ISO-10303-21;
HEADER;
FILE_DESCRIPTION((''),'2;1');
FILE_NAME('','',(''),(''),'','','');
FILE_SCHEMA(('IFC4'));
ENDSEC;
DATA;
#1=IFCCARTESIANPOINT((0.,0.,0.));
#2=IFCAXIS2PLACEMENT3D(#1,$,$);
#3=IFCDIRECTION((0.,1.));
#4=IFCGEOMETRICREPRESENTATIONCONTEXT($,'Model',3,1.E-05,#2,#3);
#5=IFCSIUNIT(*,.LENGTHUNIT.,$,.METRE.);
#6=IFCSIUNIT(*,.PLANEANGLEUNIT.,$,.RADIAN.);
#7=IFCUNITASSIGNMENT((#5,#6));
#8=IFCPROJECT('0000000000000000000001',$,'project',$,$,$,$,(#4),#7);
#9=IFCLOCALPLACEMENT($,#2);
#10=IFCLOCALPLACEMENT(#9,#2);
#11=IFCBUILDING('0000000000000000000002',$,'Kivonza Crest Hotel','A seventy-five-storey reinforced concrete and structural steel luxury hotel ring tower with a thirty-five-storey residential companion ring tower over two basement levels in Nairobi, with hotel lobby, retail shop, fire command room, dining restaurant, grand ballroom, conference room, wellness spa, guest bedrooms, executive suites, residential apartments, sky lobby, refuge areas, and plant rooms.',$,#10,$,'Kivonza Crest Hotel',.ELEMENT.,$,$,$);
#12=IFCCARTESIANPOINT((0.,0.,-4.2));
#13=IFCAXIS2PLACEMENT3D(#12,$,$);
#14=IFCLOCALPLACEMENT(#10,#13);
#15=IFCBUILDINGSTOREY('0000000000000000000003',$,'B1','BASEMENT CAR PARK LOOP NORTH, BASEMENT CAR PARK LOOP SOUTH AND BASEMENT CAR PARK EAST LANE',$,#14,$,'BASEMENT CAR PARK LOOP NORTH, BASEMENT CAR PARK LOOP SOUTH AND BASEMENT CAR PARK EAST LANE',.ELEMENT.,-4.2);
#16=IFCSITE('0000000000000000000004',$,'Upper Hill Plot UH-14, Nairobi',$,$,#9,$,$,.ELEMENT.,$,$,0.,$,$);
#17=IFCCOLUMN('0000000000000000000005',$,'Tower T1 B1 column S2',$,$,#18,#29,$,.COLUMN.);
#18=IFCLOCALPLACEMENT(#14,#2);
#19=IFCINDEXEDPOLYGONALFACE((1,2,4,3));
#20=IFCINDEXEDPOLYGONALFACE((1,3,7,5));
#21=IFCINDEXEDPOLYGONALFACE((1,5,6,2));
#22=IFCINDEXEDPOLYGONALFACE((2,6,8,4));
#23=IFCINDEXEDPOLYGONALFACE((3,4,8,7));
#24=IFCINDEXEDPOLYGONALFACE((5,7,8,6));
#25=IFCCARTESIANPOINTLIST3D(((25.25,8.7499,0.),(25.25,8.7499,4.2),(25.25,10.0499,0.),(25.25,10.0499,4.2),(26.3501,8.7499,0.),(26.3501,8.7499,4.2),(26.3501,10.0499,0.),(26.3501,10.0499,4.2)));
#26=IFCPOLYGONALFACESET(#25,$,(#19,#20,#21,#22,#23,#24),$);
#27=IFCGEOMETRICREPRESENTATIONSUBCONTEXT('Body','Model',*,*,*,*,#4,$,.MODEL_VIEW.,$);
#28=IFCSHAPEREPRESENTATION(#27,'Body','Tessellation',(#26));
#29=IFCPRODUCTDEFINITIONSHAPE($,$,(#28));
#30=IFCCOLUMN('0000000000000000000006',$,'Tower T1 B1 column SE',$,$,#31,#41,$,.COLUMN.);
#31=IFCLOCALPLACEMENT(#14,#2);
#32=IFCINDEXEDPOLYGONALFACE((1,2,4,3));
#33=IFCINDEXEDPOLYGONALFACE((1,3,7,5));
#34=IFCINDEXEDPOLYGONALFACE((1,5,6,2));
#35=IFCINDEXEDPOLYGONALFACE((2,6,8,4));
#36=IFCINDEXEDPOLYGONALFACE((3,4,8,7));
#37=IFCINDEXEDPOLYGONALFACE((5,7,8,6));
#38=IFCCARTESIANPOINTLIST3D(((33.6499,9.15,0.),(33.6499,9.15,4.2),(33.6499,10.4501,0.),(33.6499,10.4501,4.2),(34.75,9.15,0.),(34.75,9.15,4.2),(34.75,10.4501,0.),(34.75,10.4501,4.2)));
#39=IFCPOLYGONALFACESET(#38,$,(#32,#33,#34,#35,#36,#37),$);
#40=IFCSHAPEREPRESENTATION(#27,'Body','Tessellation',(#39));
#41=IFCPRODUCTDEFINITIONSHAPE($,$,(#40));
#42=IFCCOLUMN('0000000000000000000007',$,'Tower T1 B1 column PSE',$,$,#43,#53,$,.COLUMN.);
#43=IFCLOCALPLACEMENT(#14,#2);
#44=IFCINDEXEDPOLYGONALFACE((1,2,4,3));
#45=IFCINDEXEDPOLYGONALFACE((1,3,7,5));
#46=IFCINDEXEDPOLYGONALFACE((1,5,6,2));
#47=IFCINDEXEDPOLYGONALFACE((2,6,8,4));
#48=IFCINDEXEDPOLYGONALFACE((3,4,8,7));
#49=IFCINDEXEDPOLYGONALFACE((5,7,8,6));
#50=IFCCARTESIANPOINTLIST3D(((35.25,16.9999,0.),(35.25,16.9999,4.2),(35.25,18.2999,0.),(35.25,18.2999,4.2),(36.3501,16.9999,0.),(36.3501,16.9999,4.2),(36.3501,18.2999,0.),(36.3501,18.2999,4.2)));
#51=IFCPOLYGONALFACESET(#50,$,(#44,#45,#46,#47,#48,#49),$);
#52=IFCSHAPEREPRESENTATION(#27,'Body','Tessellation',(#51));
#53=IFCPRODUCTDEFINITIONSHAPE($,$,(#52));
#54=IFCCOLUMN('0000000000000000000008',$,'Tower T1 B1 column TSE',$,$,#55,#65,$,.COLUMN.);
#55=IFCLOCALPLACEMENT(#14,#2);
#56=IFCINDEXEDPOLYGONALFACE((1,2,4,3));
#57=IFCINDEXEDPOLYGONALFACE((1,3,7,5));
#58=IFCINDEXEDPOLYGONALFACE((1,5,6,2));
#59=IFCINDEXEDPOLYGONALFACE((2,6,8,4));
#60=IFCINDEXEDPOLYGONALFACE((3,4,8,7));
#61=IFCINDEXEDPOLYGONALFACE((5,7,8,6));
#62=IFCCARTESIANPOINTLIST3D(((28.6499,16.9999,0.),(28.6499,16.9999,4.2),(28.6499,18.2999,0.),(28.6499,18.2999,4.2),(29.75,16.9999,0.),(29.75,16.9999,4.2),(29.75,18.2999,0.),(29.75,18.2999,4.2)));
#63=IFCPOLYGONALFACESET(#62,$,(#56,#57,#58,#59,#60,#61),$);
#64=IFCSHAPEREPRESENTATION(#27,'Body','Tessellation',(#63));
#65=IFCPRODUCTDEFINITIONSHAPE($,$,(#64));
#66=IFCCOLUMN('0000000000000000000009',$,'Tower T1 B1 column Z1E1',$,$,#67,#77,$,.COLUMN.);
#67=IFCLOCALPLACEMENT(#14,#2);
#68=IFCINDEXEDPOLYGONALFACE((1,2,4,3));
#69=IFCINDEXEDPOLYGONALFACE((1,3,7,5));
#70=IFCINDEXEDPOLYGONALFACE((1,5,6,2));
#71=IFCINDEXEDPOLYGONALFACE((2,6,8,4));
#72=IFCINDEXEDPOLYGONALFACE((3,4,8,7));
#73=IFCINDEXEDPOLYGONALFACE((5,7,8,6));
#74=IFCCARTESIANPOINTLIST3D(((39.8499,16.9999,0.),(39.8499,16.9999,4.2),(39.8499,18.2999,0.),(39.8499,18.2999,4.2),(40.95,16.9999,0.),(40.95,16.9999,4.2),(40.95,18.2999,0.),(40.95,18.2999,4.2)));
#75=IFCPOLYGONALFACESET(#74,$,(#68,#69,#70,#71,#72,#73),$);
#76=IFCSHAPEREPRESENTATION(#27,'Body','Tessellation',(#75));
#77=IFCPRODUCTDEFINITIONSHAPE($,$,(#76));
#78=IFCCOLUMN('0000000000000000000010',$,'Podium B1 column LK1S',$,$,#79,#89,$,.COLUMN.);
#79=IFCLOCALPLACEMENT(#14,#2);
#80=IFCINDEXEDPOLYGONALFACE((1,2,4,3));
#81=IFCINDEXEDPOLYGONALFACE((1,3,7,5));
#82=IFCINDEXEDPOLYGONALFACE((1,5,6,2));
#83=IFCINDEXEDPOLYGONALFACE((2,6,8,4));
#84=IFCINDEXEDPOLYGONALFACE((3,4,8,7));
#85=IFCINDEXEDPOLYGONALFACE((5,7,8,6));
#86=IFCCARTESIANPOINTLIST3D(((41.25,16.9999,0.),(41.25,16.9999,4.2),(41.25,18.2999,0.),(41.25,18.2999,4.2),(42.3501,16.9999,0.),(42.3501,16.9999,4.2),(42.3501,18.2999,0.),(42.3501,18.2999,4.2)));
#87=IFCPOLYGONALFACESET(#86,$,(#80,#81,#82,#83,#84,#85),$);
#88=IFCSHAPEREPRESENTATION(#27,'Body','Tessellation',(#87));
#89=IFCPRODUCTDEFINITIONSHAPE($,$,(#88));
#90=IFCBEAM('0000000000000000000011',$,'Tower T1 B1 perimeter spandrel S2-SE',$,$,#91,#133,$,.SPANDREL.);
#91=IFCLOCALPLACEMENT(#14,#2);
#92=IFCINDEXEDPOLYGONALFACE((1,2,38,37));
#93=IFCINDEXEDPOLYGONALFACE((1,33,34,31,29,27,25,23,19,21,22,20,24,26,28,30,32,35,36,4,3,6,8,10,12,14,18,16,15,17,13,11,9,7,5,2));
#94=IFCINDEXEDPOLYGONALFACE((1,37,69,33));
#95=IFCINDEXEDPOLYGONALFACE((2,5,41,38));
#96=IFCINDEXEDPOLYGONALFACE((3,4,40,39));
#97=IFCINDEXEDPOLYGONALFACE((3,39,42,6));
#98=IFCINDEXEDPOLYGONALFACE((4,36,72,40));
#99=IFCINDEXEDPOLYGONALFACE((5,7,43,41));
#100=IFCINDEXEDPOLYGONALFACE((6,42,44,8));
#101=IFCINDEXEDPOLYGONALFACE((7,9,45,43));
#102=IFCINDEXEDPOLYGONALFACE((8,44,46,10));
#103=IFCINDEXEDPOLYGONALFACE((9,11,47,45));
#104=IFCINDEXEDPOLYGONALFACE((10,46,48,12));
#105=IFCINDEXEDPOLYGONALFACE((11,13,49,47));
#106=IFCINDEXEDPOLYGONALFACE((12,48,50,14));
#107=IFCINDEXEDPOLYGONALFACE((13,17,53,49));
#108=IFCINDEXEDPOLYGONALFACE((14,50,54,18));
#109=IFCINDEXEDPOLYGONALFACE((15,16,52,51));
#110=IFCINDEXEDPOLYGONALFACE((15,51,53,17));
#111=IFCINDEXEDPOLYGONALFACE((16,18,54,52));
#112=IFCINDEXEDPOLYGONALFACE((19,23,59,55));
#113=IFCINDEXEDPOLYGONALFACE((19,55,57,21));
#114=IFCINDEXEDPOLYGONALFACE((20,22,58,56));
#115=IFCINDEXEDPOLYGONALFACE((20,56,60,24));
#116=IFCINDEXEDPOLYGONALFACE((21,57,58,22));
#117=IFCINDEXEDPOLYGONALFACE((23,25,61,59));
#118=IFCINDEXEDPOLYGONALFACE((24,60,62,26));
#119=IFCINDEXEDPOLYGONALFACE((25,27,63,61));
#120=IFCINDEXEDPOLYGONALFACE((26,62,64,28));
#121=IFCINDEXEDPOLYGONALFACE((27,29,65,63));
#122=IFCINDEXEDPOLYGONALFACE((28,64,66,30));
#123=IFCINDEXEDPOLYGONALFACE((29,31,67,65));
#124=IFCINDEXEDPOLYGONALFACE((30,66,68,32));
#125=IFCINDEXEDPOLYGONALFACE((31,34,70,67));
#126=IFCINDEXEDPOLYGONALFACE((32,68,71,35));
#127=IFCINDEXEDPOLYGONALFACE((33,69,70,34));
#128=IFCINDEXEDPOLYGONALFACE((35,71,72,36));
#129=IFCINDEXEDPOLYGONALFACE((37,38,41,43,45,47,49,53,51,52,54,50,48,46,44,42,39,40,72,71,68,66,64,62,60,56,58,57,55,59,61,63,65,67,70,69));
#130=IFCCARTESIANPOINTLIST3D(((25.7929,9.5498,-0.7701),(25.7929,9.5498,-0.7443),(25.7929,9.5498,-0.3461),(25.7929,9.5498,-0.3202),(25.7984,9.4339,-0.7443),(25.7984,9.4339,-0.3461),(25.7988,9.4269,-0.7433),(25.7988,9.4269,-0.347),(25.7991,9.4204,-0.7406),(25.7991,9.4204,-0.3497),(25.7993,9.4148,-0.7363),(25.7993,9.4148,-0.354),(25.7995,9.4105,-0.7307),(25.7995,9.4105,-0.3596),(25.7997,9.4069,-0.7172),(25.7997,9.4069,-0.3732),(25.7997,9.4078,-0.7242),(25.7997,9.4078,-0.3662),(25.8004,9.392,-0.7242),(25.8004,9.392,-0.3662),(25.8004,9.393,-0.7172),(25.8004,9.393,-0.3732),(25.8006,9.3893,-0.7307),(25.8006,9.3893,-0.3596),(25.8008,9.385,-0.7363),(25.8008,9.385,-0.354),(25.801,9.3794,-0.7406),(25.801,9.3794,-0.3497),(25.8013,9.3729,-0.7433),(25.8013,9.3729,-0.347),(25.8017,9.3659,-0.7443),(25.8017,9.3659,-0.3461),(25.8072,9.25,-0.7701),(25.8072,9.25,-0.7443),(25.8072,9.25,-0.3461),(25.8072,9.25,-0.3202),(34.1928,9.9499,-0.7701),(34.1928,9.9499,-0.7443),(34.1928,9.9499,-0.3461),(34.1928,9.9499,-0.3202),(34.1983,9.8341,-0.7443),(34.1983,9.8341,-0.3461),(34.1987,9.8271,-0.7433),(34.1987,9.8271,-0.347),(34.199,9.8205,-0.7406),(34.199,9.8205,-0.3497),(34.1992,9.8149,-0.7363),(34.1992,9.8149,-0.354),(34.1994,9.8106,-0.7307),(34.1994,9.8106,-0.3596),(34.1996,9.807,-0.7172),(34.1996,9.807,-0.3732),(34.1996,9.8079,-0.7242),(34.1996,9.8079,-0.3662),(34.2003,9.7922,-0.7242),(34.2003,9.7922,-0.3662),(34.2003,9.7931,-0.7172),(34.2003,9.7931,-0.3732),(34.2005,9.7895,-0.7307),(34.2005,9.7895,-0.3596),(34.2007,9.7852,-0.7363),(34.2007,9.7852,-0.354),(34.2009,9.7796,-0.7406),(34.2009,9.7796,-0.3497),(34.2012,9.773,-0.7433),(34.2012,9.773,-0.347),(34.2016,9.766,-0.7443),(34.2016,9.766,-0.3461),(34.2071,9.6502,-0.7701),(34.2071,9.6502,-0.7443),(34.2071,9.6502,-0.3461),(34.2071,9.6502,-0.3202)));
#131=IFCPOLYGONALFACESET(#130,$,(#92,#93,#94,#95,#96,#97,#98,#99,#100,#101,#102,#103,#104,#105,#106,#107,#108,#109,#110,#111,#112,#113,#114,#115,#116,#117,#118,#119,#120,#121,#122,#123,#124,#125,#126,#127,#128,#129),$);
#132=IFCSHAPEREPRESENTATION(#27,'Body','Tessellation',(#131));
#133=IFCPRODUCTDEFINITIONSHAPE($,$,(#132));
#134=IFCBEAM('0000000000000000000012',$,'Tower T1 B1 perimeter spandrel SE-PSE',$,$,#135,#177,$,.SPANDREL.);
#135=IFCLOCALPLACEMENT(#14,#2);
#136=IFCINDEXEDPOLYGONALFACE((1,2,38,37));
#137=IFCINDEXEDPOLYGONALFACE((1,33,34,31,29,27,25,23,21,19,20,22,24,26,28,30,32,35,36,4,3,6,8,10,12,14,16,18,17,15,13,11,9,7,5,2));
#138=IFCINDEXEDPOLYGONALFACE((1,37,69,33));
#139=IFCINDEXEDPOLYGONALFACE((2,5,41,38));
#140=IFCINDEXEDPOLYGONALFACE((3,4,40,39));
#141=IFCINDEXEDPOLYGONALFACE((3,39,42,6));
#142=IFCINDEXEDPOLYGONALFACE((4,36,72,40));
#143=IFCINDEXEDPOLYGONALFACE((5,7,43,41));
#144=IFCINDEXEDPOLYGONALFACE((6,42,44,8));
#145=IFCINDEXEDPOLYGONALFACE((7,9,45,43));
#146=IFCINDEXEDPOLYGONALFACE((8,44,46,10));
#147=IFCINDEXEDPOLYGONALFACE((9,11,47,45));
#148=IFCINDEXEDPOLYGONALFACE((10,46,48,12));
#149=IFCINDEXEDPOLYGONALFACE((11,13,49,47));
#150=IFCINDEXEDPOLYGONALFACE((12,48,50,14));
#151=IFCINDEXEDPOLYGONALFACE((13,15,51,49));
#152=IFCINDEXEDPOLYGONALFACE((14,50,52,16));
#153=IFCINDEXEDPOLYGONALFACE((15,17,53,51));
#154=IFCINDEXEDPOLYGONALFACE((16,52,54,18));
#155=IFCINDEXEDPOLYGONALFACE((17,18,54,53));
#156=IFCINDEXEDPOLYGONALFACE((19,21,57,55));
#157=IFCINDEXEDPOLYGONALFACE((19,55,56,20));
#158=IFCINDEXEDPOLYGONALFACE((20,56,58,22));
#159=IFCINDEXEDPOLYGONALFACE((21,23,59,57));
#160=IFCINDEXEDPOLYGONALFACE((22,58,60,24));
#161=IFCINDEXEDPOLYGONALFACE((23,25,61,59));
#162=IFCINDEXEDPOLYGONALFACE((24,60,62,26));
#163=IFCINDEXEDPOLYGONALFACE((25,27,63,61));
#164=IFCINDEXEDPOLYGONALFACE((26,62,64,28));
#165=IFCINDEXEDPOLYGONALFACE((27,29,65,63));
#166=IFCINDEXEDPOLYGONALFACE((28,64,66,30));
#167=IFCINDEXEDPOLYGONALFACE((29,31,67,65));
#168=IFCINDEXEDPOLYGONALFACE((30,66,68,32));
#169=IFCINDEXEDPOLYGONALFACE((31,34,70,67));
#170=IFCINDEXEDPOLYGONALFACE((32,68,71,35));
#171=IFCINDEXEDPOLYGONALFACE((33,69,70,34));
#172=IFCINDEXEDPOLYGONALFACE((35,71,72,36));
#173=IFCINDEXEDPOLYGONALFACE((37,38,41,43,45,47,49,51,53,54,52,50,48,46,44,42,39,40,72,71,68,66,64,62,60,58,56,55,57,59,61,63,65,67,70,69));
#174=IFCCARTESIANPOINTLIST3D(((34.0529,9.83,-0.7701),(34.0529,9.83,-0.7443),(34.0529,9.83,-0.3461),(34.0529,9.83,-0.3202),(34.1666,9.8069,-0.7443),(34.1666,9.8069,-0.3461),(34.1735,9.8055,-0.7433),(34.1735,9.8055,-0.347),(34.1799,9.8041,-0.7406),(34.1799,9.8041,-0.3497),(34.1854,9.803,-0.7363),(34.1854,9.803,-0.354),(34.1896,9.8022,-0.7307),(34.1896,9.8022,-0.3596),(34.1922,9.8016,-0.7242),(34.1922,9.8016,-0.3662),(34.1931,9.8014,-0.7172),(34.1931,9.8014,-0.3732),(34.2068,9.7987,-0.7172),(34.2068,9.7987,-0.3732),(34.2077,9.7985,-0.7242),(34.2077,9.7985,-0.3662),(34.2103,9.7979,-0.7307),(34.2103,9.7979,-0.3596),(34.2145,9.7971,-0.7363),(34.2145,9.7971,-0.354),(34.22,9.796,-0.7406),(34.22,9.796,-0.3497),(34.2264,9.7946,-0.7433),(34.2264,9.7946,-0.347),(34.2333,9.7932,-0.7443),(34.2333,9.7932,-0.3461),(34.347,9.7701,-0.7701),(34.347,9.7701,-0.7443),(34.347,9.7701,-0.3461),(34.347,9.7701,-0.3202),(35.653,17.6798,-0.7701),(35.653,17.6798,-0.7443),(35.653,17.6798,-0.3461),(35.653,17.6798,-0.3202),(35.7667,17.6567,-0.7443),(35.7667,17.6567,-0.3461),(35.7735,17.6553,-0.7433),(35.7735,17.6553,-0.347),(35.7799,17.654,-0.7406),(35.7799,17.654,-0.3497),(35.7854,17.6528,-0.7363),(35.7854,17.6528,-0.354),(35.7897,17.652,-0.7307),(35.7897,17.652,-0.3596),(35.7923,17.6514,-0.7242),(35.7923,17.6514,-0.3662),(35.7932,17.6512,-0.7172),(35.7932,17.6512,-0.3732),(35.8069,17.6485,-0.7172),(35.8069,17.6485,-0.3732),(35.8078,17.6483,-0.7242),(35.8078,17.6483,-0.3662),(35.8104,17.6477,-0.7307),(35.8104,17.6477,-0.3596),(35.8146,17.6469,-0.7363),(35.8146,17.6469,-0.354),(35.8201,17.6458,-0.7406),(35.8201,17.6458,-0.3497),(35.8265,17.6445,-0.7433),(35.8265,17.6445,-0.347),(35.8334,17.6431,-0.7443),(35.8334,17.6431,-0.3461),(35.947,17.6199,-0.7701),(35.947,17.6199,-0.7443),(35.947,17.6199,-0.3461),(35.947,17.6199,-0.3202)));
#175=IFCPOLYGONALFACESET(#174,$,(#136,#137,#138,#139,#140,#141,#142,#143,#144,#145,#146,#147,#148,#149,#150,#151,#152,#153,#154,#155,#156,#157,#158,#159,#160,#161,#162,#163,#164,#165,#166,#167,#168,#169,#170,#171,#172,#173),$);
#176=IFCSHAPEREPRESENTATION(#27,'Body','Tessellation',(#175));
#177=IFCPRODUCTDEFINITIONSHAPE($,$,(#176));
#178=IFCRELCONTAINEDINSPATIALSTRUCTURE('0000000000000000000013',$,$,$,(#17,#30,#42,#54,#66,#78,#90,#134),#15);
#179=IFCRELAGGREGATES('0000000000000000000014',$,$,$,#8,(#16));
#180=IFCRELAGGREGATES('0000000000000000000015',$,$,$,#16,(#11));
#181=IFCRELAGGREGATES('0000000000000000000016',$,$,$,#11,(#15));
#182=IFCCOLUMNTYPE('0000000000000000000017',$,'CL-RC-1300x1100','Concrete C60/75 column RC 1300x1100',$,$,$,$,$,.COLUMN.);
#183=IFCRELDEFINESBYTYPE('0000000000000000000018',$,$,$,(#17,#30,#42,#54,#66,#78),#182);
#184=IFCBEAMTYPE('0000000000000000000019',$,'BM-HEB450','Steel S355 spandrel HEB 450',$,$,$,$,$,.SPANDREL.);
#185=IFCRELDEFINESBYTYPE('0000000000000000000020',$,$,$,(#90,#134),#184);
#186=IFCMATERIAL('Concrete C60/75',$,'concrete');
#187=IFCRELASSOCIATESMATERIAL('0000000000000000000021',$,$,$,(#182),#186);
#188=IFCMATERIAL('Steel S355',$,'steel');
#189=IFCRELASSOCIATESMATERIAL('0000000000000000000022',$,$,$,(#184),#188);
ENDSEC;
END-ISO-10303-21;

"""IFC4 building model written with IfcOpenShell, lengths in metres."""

from ifc_helpers import new_model, si_unit, direction, frame, origin, origin_2d, place, context, subcontext, project, spatial, rectangle, i_section, extrude, material, material_profile, profile_set, type_object, element, save


model = new_model("IFC4")

# Units and contexts
model_context = context("Model", 3, precision=1e-05, world=origin(), true_north=direction((0.0, 1.0)))
body_context = subcontext(model_context, "Body", "Model", "MODEL_VIEW")
ifc_project = project(units=[si_unit("LENGTHUNIT", "METRE"), si_unit("PLANEANGLEUNIT", "RADIAN")], contexts=[model_context])

# Site, building, storey
site_placement = place(None, origin())
site = spatial("IfcSite", under=ifc_project, at=site_placement, Name="Upper Hill Plot UH-14, Nairobi", CompositionType="ELEMENT", RefElevation=0.0)
building_placement = place(site_placement, origin())
building = spatial("IfcBuilding", under=site, at=building_placement, Name="Kivonza Crest Hotel", Description="A seventy-five-storey reinforced concrete and structural steel luxury hotel ring tower with a thirty-five-storey residential companion ring tower over two basement levels in Nairobi, with hotel lobby, retail shop, fire command room, dining restaurant, grand ballroom, conference room, wellness spa, guest bedrooms, executive suites, residential apartments, sky lobby, refuge areas, and plant rooms.", LongName="Kivonza Crest Hotel", CompositionType="ELEMENT")
storey_placement = place(building_placement, frame((0.0, 0.0, -4.2)))
storey = spatial("IfcBuildingStorey", under=building, at=storey_placement, Name="B1", Description="BASEMENT CAR PARK LOOP NORTH, BASEMENT CAR PARK LOOP SOUTH AND BASEMENT CAR PARK EAST LANE", LongName="BASEMENT CAR PARK LOOP NORTH, BASEMENT CAR PARK LOOP SOUTH AND BASEMENT CAR PARK EAST LANE", CompositionType="ELEMENT", Elevation=-4.2)

# Columns
ifc_material_1 = material(Name="Concrete C60/75", Category="concrete")
ifc_material_profile_1 = material_profile(ifc_material_1, rectangle(XDim=1.1001, YDim=1.3, at=origin_2d()), Name="RC 1300x1100")
ifc_profile_set_1 = profile_set([ifc_material_profile_1], Name="Concrete C60/75")
column_type = type_object("IfcColumnType", Name="CL-RC-1300x1100", Description="Concrete C60/75 column RC 1300x1100", PredefinedType="COLUMN", material=ifc_profile_set_1)
for number, where, z_axis, x_axis, name in (
    (1, (25.8, 9.3999, 0.0), (0.0, 0.0, 1.0), (1.0, 0.0, 0.0), "Tower T1 B1 column S2"),
    (2, (34.2, 9.8, 0.0), (0.0, 0.0, 1.0), (1.0, 0.0, 0.0), "Tower T1 B1 column SE"),
    (3, (35.8, 17.6499, 0.0), (0.0, 0.0, 1.0), (1.0, 0.0, 0.0), "Tower T1 B1 column PSE"),
    (4, (29.2, 17.6499, 0.0), (0.0, 0.0, 1.0), (1.0, 0.0, 0.0), "Tower T1 B1 column TSE"),
    (5, (40.3999, 17.6499, 0.0), (0.0, 0.0, 1.0), (1.0, 0.0, 0.0), "Tower T1 B1 column Z1E1"),
    (6, (41.8, 17.6499, 0.0), (0.0, 0.0, 1.0), (1.0, 0.0, 0.0), "Podium B1 column LK1S"),
):
    element("IfcColumn", number, at=place(storey_placement, frame(where, z_axis=z_axis, x_axis=x_axis)), inside=storey, type_object=column_type, Name=name, PredefinedType="COLUMN", context=body_context, shape_type="SweptSolid", body=[
        extrude(rectangle(XDim=1.1001, YDim=1.3, at=origin_2d()), origin(), (0.0, 0.0, 1.0), 4.2),
    ])

# Beams
ifc_material_2 = material(Name="Steel S355", Category="steel")
ifc_material_profile_2 = material_profile(ifc_material_2, i_section(OverallWidth=0.3, OverallDepth=0.45, WebThickness=0.0139, FlangeThickness=0.0259, FilletRadius=0.0271, at=origin_2d()), Name="HEB 450")
ifc_profile_set_2 = profile_set([ifc_material_profile_2], Name="Steel S355")
beam_type_1 = type_object("IfcBeamType", Name="BM-HEB450", Description="Steel S355 spandrel HEB 450", PredefinedType="SPANDREL", material=ifc_profile_set_2)
beam_1_placement = place(storey_placement, frame((25.8, 9.3999, -0.5452), z_axis=(0.998867, 0.047583, 0.0), x_axis=(-0.047583, 0.998867, 0.0)))
element("IfcBeam", 7, at=beam_1_placement, inside=storey, type_object=beam_type_1, Name="Tower T1 B1 perimeter spandrel S2-SE", PredefinedType="SPANDREL", context=body_context, shape_type="SweptSolid", body=[
    extrude(i_section(OverallWidth=0.3, OverallDepth=0.45, WebThickness=0.0139, FlangeThickness=0.0259, FilletRadius=0.0271, at=origin_2d()), origin(), (0.0, 0.0, 1.0), 8.4094),
])
beam_2_placement = place(storey_placement, frame((34.2, 9.8, -0.5452), z_axis=(0.199731, 0.979851, 0.0), x_axis=(-0.979851, 0.199731, 0.0)))
element("IfcBeam", 8, at=beam_2_placement, inside=storey, type_object=beam_type_1, Name="Tower T1 B1 perimeter spandrel SE-PSE", PredefinedType="SPANDREL", context=body_context, shape_type="SweptSolid", body=[
    extrude(i_section(OverallWidth=0.3, OverallDepth=0.45, WebThickness=0.0139, FlangeThickness=0.0259, FilletRadius=0.0271, at=origin_2d()), origin(), (0.0, 0.0, 1.0), 8.0112),
])

save(model, "model.ifc")
